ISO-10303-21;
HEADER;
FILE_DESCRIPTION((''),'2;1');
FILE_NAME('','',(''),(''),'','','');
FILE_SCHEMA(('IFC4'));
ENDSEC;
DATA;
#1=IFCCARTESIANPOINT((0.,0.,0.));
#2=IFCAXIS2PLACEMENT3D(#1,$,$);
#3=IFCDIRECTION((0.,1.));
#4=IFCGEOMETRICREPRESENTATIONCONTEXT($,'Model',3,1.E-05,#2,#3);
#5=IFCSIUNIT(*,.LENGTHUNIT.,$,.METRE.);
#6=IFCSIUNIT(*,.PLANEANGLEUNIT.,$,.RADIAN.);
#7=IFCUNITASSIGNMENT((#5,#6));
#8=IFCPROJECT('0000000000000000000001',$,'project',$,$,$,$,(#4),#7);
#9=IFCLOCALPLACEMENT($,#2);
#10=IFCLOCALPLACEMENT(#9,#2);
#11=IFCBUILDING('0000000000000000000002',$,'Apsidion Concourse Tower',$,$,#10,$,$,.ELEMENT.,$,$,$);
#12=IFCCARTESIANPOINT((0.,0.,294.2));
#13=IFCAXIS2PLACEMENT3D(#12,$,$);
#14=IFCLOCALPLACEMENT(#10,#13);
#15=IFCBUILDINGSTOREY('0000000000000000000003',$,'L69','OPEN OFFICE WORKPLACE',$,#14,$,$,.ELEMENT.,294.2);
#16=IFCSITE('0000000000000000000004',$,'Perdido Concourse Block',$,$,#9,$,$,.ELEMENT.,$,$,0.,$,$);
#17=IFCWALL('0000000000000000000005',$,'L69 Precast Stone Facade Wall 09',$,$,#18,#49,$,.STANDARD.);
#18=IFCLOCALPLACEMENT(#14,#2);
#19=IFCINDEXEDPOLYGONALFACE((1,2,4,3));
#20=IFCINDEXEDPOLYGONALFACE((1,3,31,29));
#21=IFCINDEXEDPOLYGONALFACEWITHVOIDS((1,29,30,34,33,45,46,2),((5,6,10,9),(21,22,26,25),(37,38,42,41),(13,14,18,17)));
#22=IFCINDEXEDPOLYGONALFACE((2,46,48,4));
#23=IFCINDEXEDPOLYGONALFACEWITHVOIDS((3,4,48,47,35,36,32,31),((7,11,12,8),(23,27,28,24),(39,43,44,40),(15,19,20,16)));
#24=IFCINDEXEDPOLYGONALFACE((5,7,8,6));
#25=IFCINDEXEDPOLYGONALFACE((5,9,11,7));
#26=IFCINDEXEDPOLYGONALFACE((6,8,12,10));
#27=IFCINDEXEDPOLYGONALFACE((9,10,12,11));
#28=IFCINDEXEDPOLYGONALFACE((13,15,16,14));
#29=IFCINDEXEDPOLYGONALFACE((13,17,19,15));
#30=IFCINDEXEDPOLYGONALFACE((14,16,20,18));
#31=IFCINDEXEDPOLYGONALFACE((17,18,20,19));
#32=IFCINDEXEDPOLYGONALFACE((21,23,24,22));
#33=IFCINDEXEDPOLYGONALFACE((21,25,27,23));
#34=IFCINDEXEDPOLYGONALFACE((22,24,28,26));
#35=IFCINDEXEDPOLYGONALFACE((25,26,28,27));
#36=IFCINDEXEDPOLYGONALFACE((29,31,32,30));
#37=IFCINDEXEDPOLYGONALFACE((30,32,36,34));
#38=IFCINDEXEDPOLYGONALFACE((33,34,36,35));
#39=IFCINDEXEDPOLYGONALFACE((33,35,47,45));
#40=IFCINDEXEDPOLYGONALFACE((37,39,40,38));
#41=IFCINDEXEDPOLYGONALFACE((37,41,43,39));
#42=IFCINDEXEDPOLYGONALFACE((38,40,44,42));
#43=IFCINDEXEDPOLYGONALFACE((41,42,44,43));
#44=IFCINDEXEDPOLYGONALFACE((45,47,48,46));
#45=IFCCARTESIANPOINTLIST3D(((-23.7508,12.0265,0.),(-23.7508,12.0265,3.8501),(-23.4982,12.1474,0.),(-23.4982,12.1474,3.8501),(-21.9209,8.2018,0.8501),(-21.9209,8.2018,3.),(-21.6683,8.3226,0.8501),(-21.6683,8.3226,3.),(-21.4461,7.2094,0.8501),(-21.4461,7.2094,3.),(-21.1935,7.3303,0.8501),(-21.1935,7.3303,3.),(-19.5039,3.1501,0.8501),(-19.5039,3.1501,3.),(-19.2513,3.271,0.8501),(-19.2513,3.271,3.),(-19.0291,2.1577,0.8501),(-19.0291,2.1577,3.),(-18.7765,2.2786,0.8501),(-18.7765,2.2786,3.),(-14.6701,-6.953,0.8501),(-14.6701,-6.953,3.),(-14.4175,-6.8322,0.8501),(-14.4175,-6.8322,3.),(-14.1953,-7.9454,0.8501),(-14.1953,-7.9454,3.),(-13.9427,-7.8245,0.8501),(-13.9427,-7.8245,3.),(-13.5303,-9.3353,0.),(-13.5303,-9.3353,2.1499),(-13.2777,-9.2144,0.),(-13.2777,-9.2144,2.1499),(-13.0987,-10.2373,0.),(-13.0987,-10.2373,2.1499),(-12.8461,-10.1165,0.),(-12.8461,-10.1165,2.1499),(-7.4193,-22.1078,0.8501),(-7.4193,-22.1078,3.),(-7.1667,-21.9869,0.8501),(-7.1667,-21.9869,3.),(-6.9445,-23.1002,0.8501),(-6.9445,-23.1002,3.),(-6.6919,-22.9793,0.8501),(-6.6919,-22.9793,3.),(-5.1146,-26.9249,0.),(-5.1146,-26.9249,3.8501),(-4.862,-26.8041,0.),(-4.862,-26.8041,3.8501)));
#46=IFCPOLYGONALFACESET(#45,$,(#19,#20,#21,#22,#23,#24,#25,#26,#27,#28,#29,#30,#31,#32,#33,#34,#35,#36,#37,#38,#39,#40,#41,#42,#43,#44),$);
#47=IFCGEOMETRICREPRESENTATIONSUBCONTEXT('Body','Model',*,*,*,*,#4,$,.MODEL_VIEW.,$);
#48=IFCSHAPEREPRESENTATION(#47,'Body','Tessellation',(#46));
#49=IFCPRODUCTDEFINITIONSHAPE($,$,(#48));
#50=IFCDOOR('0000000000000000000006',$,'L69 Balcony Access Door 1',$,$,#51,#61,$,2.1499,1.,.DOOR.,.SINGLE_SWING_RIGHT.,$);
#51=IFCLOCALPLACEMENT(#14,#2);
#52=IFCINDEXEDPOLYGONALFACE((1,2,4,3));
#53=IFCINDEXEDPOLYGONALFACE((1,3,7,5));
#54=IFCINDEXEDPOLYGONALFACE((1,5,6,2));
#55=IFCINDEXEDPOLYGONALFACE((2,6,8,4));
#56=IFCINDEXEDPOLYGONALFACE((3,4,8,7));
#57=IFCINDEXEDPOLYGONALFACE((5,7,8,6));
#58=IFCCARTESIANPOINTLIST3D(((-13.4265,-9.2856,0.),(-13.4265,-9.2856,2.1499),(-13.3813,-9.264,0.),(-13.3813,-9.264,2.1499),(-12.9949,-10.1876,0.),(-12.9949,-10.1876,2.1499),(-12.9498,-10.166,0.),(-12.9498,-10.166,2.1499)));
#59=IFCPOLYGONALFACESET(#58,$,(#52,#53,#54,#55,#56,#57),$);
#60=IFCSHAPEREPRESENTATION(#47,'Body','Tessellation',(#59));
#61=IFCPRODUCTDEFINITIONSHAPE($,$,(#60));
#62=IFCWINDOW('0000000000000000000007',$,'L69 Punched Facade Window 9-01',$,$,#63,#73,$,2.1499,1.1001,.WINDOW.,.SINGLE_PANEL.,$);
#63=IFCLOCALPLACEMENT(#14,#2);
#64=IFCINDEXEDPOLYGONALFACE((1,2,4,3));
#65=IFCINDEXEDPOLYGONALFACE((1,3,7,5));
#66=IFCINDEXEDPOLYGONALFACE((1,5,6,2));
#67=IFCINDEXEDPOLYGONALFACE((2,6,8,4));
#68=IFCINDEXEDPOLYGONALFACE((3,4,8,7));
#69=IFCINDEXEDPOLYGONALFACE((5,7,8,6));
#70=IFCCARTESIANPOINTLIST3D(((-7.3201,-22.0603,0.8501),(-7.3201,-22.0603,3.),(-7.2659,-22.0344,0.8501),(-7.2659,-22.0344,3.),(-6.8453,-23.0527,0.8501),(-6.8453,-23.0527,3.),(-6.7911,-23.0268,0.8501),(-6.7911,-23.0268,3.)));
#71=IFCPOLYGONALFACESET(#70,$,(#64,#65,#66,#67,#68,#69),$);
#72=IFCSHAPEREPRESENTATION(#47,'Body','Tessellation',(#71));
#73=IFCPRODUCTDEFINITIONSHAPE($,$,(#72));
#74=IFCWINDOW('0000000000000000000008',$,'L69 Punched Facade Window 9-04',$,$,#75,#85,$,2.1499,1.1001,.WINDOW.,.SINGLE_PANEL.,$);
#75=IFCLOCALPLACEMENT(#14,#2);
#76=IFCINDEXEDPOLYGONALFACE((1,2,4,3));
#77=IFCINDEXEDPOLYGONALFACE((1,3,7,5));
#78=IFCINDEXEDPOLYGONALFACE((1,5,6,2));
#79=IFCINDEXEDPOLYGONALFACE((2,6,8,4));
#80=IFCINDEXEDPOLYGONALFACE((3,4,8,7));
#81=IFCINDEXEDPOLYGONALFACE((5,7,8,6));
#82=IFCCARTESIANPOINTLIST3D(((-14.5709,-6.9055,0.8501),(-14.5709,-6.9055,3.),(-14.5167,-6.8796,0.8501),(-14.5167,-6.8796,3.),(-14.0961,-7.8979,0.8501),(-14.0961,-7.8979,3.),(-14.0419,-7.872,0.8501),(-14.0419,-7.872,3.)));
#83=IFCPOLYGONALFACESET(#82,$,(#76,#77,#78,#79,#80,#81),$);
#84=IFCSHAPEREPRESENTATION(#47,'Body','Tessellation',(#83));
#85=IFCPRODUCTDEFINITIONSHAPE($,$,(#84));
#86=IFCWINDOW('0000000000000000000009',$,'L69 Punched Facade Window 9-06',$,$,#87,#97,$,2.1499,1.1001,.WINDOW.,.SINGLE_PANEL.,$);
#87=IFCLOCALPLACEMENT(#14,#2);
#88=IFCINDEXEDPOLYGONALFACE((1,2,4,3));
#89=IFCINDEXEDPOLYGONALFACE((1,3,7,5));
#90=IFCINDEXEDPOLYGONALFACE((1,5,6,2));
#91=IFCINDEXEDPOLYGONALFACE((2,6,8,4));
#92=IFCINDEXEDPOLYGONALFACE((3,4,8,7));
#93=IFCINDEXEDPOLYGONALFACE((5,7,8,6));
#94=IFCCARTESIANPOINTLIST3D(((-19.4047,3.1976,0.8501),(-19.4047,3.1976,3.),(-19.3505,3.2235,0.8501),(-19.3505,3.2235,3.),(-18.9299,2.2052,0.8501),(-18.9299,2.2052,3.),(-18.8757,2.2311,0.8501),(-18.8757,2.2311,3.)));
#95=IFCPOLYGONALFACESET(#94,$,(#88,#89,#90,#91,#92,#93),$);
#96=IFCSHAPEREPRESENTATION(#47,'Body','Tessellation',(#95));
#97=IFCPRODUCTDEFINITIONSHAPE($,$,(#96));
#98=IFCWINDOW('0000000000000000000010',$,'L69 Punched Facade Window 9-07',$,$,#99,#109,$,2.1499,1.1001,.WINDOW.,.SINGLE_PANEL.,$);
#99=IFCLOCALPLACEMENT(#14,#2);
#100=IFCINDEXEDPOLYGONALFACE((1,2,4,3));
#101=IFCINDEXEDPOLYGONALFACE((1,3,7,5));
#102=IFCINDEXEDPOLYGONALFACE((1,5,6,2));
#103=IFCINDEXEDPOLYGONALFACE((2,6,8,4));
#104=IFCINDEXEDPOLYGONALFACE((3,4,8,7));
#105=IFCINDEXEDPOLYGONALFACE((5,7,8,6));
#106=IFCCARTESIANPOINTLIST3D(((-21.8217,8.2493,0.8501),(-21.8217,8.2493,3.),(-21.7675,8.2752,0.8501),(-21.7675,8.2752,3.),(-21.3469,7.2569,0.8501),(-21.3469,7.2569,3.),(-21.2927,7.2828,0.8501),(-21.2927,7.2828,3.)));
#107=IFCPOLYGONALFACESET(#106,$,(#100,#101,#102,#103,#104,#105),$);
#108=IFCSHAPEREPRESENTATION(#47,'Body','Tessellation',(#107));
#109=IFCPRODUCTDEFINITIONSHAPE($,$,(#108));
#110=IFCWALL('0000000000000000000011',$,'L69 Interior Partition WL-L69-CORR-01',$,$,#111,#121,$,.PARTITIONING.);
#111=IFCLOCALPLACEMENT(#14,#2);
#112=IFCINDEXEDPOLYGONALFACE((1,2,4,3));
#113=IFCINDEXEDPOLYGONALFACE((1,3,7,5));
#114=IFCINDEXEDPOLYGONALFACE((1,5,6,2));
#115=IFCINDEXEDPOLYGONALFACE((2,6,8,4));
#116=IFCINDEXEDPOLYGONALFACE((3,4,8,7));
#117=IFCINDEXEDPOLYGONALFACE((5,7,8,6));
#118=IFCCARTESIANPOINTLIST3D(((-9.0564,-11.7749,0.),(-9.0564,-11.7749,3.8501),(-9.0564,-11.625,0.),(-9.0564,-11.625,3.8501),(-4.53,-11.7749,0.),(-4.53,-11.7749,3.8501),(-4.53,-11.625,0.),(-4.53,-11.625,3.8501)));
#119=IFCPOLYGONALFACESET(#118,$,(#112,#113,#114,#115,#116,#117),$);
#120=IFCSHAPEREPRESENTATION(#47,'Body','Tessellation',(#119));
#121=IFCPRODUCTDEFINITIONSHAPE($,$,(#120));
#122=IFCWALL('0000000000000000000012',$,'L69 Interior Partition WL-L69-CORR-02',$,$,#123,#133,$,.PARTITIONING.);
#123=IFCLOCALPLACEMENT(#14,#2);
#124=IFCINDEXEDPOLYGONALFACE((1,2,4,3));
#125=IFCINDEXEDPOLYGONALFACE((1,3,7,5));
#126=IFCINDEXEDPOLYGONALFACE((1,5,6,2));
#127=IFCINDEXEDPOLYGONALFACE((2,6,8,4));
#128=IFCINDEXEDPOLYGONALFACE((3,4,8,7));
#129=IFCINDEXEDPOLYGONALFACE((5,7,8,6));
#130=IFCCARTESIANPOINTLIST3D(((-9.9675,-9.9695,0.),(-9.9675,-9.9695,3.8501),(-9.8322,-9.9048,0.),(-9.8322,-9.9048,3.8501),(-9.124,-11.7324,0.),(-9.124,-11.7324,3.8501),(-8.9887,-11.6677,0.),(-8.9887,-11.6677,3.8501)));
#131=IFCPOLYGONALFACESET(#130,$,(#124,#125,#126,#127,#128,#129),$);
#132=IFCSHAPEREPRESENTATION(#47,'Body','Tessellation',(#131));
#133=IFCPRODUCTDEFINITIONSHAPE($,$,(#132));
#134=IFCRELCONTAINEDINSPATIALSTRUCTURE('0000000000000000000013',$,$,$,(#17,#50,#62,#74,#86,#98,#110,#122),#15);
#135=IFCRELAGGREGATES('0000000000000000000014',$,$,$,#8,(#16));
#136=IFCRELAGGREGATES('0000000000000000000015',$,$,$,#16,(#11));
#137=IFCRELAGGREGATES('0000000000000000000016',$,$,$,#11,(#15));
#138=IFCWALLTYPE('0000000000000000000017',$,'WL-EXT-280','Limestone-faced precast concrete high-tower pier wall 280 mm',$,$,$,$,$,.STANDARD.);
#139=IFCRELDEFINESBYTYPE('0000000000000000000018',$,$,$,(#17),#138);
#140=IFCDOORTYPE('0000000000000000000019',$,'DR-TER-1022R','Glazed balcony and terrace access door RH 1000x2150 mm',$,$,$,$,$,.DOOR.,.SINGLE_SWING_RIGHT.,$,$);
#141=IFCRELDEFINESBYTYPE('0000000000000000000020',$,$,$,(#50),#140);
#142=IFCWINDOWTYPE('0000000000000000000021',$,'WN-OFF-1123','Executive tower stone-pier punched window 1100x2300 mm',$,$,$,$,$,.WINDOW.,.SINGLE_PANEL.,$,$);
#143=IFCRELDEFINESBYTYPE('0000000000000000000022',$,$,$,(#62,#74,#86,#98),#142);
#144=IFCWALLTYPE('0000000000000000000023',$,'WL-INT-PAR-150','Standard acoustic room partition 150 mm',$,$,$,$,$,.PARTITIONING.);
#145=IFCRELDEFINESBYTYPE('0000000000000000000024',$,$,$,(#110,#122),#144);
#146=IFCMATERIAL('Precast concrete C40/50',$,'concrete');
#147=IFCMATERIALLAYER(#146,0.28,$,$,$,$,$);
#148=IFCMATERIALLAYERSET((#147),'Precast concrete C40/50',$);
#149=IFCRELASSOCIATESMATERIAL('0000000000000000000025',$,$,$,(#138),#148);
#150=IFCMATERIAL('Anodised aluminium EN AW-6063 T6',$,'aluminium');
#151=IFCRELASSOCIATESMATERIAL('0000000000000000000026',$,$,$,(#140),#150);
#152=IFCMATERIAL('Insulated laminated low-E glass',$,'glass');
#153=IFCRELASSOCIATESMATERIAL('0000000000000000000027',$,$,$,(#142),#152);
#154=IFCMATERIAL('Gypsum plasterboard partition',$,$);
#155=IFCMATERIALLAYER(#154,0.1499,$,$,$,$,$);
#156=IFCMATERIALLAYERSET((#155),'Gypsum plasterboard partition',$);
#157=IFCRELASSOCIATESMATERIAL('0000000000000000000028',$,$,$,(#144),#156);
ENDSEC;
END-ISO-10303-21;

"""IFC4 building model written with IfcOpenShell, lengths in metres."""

from ifc_helpers import new_model, si_unit, direction, frame, frame_2d, origin, place, context, subcontext, project, spatial, rectangle, extrude, material, layer, layer_set, type_object, element, fill, save


model = new_model("IFC4")

# Units and contexts
model_context = context("Model", 3, precision=1e-05, world=origin(), true_north=direction((0.0, 1.0)))
body_context = subcontext(model_context, "Body", "Model", "MODEL_VIEW")
ifc_project = project(units=[si_unit("LENGTHUNIT", "METRE"), si_unit("PLANEANGLEUNIT", "RADIAN")], contexts=[model_context])

# Site, building, storey
site_placement = place(None, origin())
site = spatial("IfcSite", under=ifc_project, at=site_placement, Name="Perdido Concourse Block", CompositionType="ELEMENT", RefElevation=0.0)
building_placement = place(site_placement, origin())
building = spatial("IfcBuilding", under=site, at=building_placement, Name="Apsidion Concourse Tower", CompositionType="ELEMENT")
storey_placement = place(building_placement, frame((0.0, 0.0, 294.2)))
storey = spatial("IfcBuildingStorey", under=building, at=storey_placement, Name="L69", Description="OPEN OFFICE WORKPLACE", CompositionType="ELEMENT", Elevation=294.2)

# Shared definitions
ifc_material_1 = material(Name="Precast concrete C40/50", Category="concrete")
ifc_layer_1 = layer(ifc_material_1, 0.28)
ifc_layer_set_1 = layer_set([ifc_layer_1], Name="Precast concrete C40/50")
wall_type_1 = type_object("IfcWallType", Name="WL-EXT-280", Description="Limestone-faced precast concrete high-tower pier wall 280 mm", PredefinedType="STANDARD", material=ifc_layer_set_1)

# Wall, openings, door, windows
wall_1_placement = place(storey_placement, frame((-4.9883, -26.8645, 0.0), z_axis=(0.0, 0.0, 1.0), x_axis=(-0.431593, 0.902068, 0.0)))
wall_1 = element("IfcWall", 1, at=wall_1_placement, inside=storey, type_object=wall_type_1, Name="L69 Precast Stone Facade Wall 09", PredefinedType="STANDARD", context=body_context, shape_type="SweptSolid", body=[
    extrude(rectangle(XDim=43.1802, YDim=0.28, at=frame_2d((21.5901, 0.0))), origin(), (0.0, 0.0, 1.0), 3.8501),
])
opening_1_placement = place(wall_1_placement, frame((18.4993, 0.0, 0.0)))
opening_1 = element("IfcOpeningElement", 2, at=opening_1_placement, cuts=wall_1, PredefinedType="OPENING", context=body_context, shape_type="SweptSolid", body=[
    extrude(rectangle(XDim=1.0, YDim=2.1499, at=frame_2d((0.5, 1.075))), frame((0.0, 0.1499, 0.0), z_axis=(0.0, -1.0, 0.0), x_axis=(1.0, 0.0, 0.0)), (0.0, 0.0, 1.0), 0.3),
])
opening_2_placement = place(wall_1_placement, frame((4.24, 0.0, 0.8501)))
opening_2 = element("IfcOpeningElement", 3, at=opening_2_placement, cuts=wall_1, PredefinedType="OPENING", context=body_context, shape_type="SweptSolid", body=[
    extrude(rectangle(XDim=1.1001, YDim=2.1499, at=frame_2d((0.55, 1.075))), frame((0.0, 0.1499, 0.0), z_axis=(0.0, -1.0, 0.0), x_axis=(1.0, 0.0, 0.0)), (0.0, 0.0, 1.0), 0.3),
])
opening_3_placement = place(wall_1_placement, frame((21.04, 0.0, 0.8501)))
opening_3 = element("IfcOpeningElement", 4, at=opening_3_placement, cuts=wall_1, PredefinedType="OPENING", context=body_context, shape_type="SweptSolid", body=[
    extrude(rectangle(XDim=1.1001, YDim=2.1499, at=frame_2d((0.55, 1.075))), frame((0.0, 0.1499, 0.0), z_axis=(0.0, -1.0, 0.0), x_axis=(1.0, 0.0, 0.0)), (0.0, 0.0, 1.0), 0.3),
])
opening_4_placement = place(wall_1_placement, frame((32.24, 0.0, 0.8501)))
opening_4 = element("IfcOpeningElement", 5, at=opening_4_placement, cuts=wall_1, PredefinedType="OPENING", context=body_context, shape_type="SweptSolid", body=[
    extrude(rectangle(XDim=1.1001, YDim=2.1499, at=frame_2d((0.55, 1.075))), frame((0.0, 0.1499, 0.0), z_axis=(0.0, -1.0, 0.0), x_axis=(1.0, 0.0, 0.0)), (0.0, 0.0, 1.0), 0.3),
])
opening_5_placement = place(wall_1_placement, frame((37.8401, 0.0, 0.8501)))
opening_5 = element("IfcOpeningElement", 6, at=opening_5_placement, cuts=wall_1, PredefinedType="OPENING", context=body_context, shape_type="SweptSolid", body=[
    extrude(rectangle(XDim=1.1001, YDim=2.1499, at=frame_2d((0.55, 1.075))), frame((0.0, 0.1499, 0.0), z_axis=(0.0, -1.0, 0.0), x_axis=(1.0, 0.0, 0.0)), (0.0, 0.0, 1.0), 0.3),
])
ifc_material_2 = material(Name="Anodised aluminium EN AW-6063 T6", Category="aluminium")
door_type_1 = type_object("IfcDoorType", Name="DR-TER-1022R", Description="Glazed balcony and terrace access door RH 1000x2150 mm", OperationType="SINGLE_SWING_RIGHT", PredefinedType="DOOR", material=ifc_material_2)
door_1_placement = place(opening_1_placement, origin())
door_1 = element("IfcDoor", 7, at=door_1_placement, inside=storey, type_object=door_type_1, Name="L69 Balcony Access Door 1", OperationType="SINGLE_SWING_RIGHT", OverallHeight=2.1499, OverallWidth=1.0, PredefinedType="DOOR", context=body_context, shape_type="SweptSolid", body=[
    extrude(rectangle(XDim=1.0, YDim=2.1499, at=frame_2d((0.5, 1.075))), frame((0.0, 0.0249, 0.0), z_axis=(0.0, -1.0, 0.0), x_axis=(1.0, 0.0, 0.0)), (0.0, 0.0, 1.0), 0.05),
])
fill(opening_1, door_1)
ifc_material_3 = material(Name="Insulated laminated low-E glass", Category="glass")
window_type = type_object("IfcWindowType", Name="WN-OFF-1123", Description="Executive tower stone-pier punched window 1100x2300 mm", PartitioningType="SINGLE_PANEL", PredefinedType="WINDOW", material=ifc_material_3)
window_1_placement = place(opening_2_placement, origin())
window_1 = element("IfcWindow", 8, at=window_1_placement, inside=storey, type_object=window_type, Name="L69 Punched Facade Window 9-01", OverallHeight=2.1499, OverallWidth=1.1001, PartitioningType="SINGLE_PANEL", PredefinedType="WINDOW", context=body_context, shape_type="SweptSolid", body=[
    extrude(rectangle(XDim=1.1001, YDim=2.1499, at=frame_2d((0.55, 1.075))), frame((0.0, 0.03, 0.0), z_axis=(0.0, -1.0, 0.0), x_axis=(1.0, 0.0, 0.0)), (0.0, 0.0, 1.0), 0.0601),
])
fill(opening_2, window_1)
window_2_placement = place(opening_3_placement, origin())
window_2 = element("IfcWindow", 9, at=window_2_placement, inside=storey, type_object=window_type, Name="L69 Punched Facade Window 9-04", OverallHeight=2.1499, OverallWidth=1.1001, PartitioningType="SINGLE_PANEL", PredefinedType="WINDOW", context=body_context, shape_type="SweptSolid", body=[
    extrude(rectangle(XDim=1.1001, YDim=2.1499, at=frame_2d((0.55, 1.075))), frame((0.0, 0.03, 0.0), z_axis=(0.0, -1.0, 0.0), x_axis=(1.0, 0.0, 0.0)), (0.0, 0.0, 1.0), 0.0601),
])
fill(opening_3, window_2)
window_3_placement = place(opening_4_placement, origin())
window_3 = element("IfcWindow", 10, at=window_3_placement, inside=storey, type_object=window_type, Name="L69 Punched Facade Window 9-06", OverallHeight=2.1499, OverallWidth=1.1001, PartitioningType="SINGLE_PANEL", PredefinedType="WINDOW", context=body_context, shape_type="SweptSolid", body=[
    extrude(rectangle(XDim=1.1001, YDim=2.1499, at=frame_2d((0.55, 1.075))), frame((0.0, 0.03, 0.0), z_axis=(0.0, -1.0, 0.0), x_axis=(1.0, 0.0, 0.0)), (0.0, 0.0, 1.0), 0.0601),
])
fill(opening_4, window_3)
window_4_placement = place(opening_5_placement, origin())
window_4 = element("IfcWindow", 11, at=window_4_placement, inside=storey, type_object=window_type, Name="L69 Punched Facade Window 9-07", OverallHeight=2.1499, OverallWidth=1.1001, PartitioningType="SINGLE_PANEL", PredefinedType="WINDOW", context=body_context, shape_type="SweptSolid", body=[
    extrude(rectangle(XDim=1.1001, YDim=2.1499, at=frame_2d((0.55, 1.075))), frame((0.0, 0.03, 0.0), z_axis=(0.0, -1.0, 0.0), x_axis=(1.0, 0.0, 0.0)), (0.0, 0.0, 1.0), 0.0601),
])
fill(opening_5, window_4)

# Walls
ifc_material_4 = material(Name="Gypsum plasterboard partition")
ifc_layer_2 = layer(ifc_material_4, 0.1499)
ifc_layer_set_2 = layer_set([ifc_layer_2], Name="Gypsum plasterboard partition")
wall_type_2 = type_object("IfcWallType", Name="WL-INT-PAR-150", Description="Standard acoustic room partition 150 mm", PredefinedType="PARTITIONING", material=ifc_layer_set_2)
wall_2_placement = place(storey_placement, frame((-4.53, -11.7, 0.0), z_axis=(0.0, 0.0, 1.0), x_axis=(-1.0, 0.0, 0.0)))
element("IfcWall", 12, at=wall_2_placement, inside=storey, type_object=wall_type_2, Name="L69 Interior Partition WL-L69-CORR-01", PredefinedType="PARTITIONING", context=body_context, shape_type="SweptSolid", body=[
    extrude(rectangle(XDim=4.5264, YDim=0.1499, at=frame_2d((2.2632, 0.0))), origin(), (0.0, 0.0, 1.0), 3.8501),
])
wall_3_placement = place(storey_placement, frame((-9.0564, -11.7, 0.0), z_axis=(0.0, 0.0, 1.0), x_axis=(-0.431606, 0.902062, 0.0)))
element("IfcWall", 13, at=wall_3_placement, inside=storey, type_object=wall_type_2, Name="L69 Interior Partition WL-L69-CORR-02", PredefinedType="PARTITIONING", context=body_context, shape_type="SweptSolid", body=[
    extrude(rectangle(XDim=1.9543, YDim=0.1499, at=frame_2d((0.9771, 0.0))), origin(), (0.0, 0.0, 1.0), 3.8501),
])

save(model, "model.ifc")
